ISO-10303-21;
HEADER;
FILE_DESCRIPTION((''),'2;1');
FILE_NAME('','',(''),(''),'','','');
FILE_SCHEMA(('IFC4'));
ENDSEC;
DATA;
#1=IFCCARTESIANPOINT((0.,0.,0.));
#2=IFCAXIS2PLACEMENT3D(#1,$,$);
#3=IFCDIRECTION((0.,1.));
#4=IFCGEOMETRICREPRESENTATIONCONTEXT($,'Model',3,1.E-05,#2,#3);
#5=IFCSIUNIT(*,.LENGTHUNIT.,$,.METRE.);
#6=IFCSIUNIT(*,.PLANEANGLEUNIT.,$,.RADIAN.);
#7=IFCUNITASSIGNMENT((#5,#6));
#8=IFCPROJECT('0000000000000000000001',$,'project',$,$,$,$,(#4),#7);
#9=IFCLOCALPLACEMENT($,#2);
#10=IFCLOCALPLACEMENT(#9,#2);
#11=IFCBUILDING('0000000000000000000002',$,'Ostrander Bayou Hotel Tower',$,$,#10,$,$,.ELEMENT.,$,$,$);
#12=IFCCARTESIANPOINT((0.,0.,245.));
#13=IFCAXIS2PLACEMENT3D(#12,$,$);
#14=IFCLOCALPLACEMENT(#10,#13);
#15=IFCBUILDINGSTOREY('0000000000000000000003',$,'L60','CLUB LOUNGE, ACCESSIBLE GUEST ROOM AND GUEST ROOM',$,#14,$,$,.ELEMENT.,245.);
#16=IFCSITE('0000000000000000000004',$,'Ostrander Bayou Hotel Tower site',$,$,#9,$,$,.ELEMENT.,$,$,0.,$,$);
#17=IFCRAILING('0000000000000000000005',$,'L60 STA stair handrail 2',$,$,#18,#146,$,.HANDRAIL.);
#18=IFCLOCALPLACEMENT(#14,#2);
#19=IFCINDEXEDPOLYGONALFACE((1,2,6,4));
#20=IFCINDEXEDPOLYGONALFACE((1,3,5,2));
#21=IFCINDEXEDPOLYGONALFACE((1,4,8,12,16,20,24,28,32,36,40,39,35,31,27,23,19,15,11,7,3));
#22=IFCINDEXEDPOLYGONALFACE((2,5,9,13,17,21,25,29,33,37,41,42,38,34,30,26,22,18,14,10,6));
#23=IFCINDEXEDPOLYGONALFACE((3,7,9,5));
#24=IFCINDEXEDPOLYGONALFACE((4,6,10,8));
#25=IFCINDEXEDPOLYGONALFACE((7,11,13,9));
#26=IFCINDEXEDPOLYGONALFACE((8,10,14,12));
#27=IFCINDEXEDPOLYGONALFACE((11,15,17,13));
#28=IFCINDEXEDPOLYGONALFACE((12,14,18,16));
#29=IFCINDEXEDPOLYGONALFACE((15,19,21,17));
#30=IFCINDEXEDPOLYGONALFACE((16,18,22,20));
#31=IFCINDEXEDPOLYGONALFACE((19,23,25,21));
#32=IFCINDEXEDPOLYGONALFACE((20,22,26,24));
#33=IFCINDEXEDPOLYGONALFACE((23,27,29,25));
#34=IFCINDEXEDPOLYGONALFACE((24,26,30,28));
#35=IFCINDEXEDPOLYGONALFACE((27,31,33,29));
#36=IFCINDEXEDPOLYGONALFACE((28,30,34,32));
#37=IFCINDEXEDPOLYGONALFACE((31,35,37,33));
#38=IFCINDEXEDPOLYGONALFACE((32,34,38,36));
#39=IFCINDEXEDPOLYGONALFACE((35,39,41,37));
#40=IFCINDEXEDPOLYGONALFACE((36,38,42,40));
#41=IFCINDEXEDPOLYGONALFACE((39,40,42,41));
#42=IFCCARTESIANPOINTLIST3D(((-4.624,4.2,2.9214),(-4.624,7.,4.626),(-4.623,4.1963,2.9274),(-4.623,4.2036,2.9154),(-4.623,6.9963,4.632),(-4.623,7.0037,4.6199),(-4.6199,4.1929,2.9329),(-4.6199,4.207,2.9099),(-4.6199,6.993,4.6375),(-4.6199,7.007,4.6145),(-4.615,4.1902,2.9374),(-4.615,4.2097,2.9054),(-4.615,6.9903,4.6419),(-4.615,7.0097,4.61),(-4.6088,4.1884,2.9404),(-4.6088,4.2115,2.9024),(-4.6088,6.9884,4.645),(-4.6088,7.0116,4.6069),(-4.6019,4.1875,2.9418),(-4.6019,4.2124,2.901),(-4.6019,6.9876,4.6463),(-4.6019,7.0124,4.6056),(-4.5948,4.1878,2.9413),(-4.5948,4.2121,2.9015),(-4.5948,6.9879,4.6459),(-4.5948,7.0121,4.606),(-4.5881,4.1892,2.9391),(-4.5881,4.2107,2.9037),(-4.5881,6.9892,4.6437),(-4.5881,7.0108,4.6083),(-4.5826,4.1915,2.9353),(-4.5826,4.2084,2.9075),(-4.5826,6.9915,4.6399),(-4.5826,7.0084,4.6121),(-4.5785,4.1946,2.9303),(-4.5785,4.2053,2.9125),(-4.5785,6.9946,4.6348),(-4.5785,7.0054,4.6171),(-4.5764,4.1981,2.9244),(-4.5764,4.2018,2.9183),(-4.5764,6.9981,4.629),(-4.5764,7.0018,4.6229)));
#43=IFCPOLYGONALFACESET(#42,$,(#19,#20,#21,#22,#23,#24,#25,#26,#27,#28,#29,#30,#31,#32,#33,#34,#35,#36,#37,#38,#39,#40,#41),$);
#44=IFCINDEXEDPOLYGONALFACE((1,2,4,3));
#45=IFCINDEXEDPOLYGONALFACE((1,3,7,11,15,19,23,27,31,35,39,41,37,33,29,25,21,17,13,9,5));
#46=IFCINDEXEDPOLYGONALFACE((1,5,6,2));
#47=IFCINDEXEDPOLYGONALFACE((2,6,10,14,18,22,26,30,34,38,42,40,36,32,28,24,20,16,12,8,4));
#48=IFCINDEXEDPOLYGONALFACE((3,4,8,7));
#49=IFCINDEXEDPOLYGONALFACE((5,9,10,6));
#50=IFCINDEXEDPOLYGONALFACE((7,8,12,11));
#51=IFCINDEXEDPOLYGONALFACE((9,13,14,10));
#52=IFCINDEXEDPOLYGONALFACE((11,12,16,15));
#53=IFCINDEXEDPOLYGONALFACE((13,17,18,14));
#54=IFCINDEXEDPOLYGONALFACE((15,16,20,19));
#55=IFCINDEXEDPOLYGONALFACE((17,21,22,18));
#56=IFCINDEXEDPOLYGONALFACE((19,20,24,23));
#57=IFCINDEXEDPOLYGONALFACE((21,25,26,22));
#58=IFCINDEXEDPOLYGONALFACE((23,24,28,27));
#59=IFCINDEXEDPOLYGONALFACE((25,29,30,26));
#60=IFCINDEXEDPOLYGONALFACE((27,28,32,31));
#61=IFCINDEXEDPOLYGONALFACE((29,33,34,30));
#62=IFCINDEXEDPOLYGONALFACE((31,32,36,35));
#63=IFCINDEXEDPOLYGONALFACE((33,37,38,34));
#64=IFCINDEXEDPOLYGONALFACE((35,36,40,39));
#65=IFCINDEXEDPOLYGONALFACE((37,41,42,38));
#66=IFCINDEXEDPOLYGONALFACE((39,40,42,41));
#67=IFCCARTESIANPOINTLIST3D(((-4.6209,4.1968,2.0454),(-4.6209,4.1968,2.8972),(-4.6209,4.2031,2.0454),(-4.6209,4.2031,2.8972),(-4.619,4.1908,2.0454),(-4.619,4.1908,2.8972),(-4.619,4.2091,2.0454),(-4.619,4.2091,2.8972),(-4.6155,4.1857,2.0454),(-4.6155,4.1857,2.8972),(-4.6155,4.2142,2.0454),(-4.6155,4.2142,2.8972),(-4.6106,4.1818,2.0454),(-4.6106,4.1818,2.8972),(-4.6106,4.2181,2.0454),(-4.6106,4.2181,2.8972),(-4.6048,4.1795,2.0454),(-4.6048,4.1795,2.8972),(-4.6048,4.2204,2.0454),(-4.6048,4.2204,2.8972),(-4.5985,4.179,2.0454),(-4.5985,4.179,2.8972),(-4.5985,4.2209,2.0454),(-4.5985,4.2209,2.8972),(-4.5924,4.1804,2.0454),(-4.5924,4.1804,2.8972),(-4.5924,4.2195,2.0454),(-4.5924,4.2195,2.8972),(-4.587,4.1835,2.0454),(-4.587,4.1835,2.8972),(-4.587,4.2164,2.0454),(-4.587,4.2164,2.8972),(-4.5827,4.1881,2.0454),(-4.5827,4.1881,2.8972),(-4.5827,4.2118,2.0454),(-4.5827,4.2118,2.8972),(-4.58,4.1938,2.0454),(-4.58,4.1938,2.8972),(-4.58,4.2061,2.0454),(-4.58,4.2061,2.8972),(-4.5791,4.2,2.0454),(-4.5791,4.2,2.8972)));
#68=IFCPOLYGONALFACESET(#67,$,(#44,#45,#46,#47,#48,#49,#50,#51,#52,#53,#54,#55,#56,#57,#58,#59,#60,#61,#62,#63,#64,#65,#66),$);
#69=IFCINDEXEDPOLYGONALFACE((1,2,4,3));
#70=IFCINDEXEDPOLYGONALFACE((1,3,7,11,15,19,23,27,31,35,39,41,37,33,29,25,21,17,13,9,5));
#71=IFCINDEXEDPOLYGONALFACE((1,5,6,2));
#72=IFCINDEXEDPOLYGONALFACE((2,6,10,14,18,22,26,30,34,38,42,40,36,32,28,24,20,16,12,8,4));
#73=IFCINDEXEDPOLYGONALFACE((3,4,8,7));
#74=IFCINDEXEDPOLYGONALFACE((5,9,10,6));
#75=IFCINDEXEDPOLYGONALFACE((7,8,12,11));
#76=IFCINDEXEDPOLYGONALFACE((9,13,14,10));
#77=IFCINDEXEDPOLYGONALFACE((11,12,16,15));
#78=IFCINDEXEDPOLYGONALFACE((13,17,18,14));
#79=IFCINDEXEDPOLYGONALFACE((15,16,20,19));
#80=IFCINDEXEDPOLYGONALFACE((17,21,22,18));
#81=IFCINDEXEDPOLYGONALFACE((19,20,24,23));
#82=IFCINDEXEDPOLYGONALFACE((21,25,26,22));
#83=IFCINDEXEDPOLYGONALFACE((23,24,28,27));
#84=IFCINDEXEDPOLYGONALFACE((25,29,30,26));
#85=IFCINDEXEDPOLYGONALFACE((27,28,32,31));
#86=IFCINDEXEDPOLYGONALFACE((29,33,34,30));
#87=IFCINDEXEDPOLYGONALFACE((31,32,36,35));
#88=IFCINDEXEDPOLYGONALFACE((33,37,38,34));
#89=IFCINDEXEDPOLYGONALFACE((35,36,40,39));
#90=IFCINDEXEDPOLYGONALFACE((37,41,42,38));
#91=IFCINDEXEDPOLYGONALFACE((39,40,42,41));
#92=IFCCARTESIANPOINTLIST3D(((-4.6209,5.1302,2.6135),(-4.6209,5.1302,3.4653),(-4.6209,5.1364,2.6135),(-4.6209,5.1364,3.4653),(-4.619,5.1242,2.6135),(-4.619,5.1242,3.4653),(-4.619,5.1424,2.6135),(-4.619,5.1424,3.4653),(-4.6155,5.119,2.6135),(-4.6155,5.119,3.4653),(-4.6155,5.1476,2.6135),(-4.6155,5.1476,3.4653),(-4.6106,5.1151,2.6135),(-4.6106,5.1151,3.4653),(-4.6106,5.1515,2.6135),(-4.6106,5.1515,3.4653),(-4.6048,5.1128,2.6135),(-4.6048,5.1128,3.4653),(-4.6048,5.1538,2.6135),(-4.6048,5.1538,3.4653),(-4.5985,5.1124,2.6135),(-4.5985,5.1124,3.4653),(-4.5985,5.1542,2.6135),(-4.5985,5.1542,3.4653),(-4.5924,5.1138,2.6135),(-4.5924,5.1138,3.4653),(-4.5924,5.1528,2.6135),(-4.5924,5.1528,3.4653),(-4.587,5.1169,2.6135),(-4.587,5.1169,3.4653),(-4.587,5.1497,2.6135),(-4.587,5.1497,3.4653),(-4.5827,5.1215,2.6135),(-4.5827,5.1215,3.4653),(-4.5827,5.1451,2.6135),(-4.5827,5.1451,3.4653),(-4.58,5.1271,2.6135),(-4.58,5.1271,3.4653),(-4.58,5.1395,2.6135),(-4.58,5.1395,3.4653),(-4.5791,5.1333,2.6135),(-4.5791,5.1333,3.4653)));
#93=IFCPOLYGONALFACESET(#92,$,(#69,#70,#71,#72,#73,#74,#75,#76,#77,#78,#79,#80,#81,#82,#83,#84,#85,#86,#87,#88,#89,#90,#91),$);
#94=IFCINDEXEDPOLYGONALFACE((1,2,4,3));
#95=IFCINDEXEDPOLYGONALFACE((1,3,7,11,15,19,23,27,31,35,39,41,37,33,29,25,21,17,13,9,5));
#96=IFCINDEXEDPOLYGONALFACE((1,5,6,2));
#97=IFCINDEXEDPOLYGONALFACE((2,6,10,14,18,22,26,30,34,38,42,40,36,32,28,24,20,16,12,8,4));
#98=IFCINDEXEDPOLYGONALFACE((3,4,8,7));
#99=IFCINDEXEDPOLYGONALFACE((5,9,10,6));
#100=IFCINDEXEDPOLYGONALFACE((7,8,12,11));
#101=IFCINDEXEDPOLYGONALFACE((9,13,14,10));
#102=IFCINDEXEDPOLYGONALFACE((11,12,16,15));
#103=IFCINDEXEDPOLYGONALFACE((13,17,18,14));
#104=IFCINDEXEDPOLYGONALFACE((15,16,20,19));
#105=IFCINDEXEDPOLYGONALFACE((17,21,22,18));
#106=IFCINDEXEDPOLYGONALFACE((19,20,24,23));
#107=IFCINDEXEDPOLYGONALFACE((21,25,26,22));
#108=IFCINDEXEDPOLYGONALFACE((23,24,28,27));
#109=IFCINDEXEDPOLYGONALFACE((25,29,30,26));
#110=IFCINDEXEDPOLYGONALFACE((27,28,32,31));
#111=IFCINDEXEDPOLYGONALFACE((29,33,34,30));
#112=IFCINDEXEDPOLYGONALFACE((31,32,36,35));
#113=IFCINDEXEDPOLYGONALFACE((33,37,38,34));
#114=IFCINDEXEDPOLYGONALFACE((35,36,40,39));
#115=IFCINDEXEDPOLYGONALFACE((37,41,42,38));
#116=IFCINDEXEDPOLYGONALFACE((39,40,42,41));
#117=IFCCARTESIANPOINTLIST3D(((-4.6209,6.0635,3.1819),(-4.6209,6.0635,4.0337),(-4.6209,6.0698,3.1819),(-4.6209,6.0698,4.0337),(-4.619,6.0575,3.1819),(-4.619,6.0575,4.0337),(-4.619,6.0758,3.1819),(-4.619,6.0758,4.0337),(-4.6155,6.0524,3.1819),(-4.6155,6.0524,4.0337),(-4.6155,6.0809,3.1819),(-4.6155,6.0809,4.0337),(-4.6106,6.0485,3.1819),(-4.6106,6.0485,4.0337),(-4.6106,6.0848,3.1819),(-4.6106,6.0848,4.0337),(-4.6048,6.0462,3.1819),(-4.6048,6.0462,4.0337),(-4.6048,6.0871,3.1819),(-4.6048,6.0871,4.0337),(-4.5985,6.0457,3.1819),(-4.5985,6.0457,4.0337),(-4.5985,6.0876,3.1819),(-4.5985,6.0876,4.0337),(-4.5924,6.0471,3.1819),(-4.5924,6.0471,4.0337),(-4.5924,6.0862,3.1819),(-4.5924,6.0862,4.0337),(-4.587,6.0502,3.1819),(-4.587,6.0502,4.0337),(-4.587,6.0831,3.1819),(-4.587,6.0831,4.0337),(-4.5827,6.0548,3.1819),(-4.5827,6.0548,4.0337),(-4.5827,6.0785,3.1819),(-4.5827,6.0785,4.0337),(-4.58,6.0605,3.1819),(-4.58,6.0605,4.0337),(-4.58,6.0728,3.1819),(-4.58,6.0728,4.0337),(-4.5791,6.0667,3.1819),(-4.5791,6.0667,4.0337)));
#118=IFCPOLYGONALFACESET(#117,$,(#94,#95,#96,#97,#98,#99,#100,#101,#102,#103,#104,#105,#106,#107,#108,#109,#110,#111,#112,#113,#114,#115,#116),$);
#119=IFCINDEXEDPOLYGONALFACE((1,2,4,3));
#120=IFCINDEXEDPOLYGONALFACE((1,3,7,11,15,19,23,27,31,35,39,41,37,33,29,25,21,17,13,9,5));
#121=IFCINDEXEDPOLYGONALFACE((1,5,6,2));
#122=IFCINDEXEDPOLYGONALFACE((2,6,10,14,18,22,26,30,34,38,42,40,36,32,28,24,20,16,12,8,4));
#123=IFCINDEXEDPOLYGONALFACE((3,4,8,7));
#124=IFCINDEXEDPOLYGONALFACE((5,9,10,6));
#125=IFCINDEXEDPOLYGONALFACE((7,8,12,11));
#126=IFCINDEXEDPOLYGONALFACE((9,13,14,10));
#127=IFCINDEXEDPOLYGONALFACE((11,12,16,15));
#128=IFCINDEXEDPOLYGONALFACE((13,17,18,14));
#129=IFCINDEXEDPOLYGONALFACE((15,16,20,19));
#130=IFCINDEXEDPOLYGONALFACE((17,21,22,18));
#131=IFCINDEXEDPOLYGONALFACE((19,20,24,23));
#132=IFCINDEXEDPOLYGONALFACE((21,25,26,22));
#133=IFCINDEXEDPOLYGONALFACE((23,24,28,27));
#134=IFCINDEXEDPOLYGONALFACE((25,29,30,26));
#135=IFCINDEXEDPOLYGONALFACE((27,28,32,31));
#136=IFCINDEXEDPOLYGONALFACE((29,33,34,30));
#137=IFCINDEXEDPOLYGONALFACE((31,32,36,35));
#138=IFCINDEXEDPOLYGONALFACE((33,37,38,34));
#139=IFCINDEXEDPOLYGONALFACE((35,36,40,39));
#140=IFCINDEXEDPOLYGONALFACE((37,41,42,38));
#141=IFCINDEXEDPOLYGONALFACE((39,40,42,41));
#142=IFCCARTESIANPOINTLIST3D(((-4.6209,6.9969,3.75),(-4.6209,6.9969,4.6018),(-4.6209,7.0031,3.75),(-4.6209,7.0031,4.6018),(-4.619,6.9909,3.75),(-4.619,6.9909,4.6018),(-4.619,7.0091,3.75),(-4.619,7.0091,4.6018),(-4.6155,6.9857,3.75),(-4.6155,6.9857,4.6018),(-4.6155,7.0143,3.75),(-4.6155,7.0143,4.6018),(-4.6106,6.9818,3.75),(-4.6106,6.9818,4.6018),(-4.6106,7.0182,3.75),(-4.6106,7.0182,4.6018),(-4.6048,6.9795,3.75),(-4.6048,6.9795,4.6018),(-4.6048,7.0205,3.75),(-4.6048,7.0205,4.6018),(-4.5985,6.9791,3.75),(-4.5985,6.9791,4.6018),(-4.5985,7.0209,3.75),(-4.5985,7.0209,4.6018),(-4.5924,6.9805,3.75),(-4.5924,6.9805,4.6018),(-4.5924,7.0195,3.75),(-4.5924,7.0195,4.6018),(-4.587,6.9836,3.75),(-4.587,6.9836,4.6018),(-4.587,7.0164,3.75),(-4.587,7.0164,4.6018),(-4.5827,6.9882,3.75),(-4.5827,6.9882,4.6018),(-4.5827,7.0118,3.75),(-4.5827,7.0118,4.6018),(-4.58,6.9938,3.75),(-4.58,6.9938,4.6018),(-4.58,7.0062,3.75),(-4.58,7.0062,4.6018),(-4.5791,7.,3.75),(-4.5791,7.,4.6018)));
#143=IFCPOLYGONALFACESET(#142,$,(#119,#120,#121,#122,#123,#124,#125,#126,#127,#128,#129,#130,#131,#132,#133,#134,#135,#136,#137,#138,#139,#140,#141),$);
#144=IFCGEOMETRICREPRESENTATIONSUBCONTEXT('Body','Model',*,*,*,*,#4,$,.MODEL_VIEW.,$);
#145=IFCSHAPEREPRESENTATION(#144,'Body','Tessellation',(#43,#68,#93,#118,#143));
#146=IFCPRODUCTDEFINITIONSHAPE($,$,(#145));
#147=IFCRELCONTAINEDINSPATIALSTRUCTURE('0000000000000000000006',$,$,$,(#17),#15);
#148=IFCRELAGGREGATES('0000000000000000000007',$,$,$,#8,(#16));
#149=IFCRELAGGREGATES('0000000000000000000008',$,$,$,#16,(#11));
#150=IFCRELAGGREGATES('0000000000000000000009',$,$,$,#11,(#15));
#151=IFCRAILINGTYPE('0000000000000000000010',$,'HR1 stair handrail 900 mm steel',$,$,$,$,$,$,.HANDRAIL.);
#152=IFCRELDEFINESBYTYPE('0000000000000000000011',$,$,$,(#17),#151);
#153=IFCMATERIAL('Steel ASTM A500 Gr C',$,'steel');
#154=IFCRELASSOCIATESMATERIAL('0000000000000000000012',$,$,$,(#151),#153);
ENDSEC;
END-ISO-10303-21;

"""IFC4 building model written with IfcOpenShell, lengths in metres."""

from ifc_helpers import new_model, si_unit, direction, frame, origin, origin_2d, place, context, subcontext, project, spatial, circle, extrude, material, type_object, element, save


model = new_model("IFC4")

# Units and contexts
model_context = context("Model", 3, precision=1e-05, world=origin(), true_north=direction((0.0, 1.0)))
body_context = subcontext(model_context, "Body", "Model", "MODEL_VIEW")
ifc_project = project(units=[si_unit("LENGTHUNIT", "METRE"), si_unit("PLANEANGLEUNIT", "RADIAN")], contexts=[model_context])

# Site, building, storey
site_placement = place(None, origin())
site = spatial("IfcSite", under=ifc_project, at=site_placement, Name="Ostrander Bayou Hotel Tower site", CompositionType="ELEMENT", RefElevation=0.0)
building_placement = place(site_placement, origin())
building = spatial("IfcBuilding", under=site, at=building_placement, Name="Ostrander Bayou Hotel Tower", CompositionType="ELEMENT")
storey_placement = place(building_placement, frame((0.0, 0.0, 245.0)))
storey = spatial("IfcBuildingStorey", under=building, at=storey_placement, Name="L60", Description="CLUB LOUNGE, ACCESSIBLE GUEST ROOM AND GUEST ROOM", CompositionType="ELEMENT", Elevation=245.0)

# Railing
ifc_material_1 = material(Name="Steel ASTM A500 Gr C", Category="steel")
railing_type_1 = type_object("IfcRailingType", Name="HR1 stair handrail 900 mm steel", PredefinedType="HANDRAIL", material=ifc_material_1)
railing_1_placement = place(storey_placement, frame((-4.6001, 4.2, 2.0454)))
element("IfcRailing", 1, at=railing_1_placement, inside=storey, type_object=railing_type_1, Name="L60 STA stair handrail 2", PredefinedType="HANDRAIL", context=body_context, shape_type="SweptSolid", body=[
    extrude(circle(Radius=0.0239, at=origin_2d()), frame((0.0, 0.0, 0.876), z_axis=(0.0, 0.85417, 0.519994), x_axis=(-1.0, 0.0, 0.0)), (0.0, 0.0, 1.0), 3.2781),
    extrude(circle(Radius=0.021, at=origin_2d()), origin(), (0.0, 0.0, 1.0), 0.8518),
    extrude(circle(Radius=0.021, at=origin_2d()), frame((0.0, 0.9333, 0.5681)), (0.0, 0.0, 1.0), 0.8518),
    extrude(circle(Radius=0.021, at=origin_2d()), frame((0.0, 1.8667, 1.1365)), (0.0, 0.0, 1.0), 0.8518),
    extrude(circle(Radius=0.021, at=origin_2d()), frame((0.0, 2.8, 1.7046)), (0.0, 0.0, 1.0), 0.8518),
])

save(model, "model.ifc")
